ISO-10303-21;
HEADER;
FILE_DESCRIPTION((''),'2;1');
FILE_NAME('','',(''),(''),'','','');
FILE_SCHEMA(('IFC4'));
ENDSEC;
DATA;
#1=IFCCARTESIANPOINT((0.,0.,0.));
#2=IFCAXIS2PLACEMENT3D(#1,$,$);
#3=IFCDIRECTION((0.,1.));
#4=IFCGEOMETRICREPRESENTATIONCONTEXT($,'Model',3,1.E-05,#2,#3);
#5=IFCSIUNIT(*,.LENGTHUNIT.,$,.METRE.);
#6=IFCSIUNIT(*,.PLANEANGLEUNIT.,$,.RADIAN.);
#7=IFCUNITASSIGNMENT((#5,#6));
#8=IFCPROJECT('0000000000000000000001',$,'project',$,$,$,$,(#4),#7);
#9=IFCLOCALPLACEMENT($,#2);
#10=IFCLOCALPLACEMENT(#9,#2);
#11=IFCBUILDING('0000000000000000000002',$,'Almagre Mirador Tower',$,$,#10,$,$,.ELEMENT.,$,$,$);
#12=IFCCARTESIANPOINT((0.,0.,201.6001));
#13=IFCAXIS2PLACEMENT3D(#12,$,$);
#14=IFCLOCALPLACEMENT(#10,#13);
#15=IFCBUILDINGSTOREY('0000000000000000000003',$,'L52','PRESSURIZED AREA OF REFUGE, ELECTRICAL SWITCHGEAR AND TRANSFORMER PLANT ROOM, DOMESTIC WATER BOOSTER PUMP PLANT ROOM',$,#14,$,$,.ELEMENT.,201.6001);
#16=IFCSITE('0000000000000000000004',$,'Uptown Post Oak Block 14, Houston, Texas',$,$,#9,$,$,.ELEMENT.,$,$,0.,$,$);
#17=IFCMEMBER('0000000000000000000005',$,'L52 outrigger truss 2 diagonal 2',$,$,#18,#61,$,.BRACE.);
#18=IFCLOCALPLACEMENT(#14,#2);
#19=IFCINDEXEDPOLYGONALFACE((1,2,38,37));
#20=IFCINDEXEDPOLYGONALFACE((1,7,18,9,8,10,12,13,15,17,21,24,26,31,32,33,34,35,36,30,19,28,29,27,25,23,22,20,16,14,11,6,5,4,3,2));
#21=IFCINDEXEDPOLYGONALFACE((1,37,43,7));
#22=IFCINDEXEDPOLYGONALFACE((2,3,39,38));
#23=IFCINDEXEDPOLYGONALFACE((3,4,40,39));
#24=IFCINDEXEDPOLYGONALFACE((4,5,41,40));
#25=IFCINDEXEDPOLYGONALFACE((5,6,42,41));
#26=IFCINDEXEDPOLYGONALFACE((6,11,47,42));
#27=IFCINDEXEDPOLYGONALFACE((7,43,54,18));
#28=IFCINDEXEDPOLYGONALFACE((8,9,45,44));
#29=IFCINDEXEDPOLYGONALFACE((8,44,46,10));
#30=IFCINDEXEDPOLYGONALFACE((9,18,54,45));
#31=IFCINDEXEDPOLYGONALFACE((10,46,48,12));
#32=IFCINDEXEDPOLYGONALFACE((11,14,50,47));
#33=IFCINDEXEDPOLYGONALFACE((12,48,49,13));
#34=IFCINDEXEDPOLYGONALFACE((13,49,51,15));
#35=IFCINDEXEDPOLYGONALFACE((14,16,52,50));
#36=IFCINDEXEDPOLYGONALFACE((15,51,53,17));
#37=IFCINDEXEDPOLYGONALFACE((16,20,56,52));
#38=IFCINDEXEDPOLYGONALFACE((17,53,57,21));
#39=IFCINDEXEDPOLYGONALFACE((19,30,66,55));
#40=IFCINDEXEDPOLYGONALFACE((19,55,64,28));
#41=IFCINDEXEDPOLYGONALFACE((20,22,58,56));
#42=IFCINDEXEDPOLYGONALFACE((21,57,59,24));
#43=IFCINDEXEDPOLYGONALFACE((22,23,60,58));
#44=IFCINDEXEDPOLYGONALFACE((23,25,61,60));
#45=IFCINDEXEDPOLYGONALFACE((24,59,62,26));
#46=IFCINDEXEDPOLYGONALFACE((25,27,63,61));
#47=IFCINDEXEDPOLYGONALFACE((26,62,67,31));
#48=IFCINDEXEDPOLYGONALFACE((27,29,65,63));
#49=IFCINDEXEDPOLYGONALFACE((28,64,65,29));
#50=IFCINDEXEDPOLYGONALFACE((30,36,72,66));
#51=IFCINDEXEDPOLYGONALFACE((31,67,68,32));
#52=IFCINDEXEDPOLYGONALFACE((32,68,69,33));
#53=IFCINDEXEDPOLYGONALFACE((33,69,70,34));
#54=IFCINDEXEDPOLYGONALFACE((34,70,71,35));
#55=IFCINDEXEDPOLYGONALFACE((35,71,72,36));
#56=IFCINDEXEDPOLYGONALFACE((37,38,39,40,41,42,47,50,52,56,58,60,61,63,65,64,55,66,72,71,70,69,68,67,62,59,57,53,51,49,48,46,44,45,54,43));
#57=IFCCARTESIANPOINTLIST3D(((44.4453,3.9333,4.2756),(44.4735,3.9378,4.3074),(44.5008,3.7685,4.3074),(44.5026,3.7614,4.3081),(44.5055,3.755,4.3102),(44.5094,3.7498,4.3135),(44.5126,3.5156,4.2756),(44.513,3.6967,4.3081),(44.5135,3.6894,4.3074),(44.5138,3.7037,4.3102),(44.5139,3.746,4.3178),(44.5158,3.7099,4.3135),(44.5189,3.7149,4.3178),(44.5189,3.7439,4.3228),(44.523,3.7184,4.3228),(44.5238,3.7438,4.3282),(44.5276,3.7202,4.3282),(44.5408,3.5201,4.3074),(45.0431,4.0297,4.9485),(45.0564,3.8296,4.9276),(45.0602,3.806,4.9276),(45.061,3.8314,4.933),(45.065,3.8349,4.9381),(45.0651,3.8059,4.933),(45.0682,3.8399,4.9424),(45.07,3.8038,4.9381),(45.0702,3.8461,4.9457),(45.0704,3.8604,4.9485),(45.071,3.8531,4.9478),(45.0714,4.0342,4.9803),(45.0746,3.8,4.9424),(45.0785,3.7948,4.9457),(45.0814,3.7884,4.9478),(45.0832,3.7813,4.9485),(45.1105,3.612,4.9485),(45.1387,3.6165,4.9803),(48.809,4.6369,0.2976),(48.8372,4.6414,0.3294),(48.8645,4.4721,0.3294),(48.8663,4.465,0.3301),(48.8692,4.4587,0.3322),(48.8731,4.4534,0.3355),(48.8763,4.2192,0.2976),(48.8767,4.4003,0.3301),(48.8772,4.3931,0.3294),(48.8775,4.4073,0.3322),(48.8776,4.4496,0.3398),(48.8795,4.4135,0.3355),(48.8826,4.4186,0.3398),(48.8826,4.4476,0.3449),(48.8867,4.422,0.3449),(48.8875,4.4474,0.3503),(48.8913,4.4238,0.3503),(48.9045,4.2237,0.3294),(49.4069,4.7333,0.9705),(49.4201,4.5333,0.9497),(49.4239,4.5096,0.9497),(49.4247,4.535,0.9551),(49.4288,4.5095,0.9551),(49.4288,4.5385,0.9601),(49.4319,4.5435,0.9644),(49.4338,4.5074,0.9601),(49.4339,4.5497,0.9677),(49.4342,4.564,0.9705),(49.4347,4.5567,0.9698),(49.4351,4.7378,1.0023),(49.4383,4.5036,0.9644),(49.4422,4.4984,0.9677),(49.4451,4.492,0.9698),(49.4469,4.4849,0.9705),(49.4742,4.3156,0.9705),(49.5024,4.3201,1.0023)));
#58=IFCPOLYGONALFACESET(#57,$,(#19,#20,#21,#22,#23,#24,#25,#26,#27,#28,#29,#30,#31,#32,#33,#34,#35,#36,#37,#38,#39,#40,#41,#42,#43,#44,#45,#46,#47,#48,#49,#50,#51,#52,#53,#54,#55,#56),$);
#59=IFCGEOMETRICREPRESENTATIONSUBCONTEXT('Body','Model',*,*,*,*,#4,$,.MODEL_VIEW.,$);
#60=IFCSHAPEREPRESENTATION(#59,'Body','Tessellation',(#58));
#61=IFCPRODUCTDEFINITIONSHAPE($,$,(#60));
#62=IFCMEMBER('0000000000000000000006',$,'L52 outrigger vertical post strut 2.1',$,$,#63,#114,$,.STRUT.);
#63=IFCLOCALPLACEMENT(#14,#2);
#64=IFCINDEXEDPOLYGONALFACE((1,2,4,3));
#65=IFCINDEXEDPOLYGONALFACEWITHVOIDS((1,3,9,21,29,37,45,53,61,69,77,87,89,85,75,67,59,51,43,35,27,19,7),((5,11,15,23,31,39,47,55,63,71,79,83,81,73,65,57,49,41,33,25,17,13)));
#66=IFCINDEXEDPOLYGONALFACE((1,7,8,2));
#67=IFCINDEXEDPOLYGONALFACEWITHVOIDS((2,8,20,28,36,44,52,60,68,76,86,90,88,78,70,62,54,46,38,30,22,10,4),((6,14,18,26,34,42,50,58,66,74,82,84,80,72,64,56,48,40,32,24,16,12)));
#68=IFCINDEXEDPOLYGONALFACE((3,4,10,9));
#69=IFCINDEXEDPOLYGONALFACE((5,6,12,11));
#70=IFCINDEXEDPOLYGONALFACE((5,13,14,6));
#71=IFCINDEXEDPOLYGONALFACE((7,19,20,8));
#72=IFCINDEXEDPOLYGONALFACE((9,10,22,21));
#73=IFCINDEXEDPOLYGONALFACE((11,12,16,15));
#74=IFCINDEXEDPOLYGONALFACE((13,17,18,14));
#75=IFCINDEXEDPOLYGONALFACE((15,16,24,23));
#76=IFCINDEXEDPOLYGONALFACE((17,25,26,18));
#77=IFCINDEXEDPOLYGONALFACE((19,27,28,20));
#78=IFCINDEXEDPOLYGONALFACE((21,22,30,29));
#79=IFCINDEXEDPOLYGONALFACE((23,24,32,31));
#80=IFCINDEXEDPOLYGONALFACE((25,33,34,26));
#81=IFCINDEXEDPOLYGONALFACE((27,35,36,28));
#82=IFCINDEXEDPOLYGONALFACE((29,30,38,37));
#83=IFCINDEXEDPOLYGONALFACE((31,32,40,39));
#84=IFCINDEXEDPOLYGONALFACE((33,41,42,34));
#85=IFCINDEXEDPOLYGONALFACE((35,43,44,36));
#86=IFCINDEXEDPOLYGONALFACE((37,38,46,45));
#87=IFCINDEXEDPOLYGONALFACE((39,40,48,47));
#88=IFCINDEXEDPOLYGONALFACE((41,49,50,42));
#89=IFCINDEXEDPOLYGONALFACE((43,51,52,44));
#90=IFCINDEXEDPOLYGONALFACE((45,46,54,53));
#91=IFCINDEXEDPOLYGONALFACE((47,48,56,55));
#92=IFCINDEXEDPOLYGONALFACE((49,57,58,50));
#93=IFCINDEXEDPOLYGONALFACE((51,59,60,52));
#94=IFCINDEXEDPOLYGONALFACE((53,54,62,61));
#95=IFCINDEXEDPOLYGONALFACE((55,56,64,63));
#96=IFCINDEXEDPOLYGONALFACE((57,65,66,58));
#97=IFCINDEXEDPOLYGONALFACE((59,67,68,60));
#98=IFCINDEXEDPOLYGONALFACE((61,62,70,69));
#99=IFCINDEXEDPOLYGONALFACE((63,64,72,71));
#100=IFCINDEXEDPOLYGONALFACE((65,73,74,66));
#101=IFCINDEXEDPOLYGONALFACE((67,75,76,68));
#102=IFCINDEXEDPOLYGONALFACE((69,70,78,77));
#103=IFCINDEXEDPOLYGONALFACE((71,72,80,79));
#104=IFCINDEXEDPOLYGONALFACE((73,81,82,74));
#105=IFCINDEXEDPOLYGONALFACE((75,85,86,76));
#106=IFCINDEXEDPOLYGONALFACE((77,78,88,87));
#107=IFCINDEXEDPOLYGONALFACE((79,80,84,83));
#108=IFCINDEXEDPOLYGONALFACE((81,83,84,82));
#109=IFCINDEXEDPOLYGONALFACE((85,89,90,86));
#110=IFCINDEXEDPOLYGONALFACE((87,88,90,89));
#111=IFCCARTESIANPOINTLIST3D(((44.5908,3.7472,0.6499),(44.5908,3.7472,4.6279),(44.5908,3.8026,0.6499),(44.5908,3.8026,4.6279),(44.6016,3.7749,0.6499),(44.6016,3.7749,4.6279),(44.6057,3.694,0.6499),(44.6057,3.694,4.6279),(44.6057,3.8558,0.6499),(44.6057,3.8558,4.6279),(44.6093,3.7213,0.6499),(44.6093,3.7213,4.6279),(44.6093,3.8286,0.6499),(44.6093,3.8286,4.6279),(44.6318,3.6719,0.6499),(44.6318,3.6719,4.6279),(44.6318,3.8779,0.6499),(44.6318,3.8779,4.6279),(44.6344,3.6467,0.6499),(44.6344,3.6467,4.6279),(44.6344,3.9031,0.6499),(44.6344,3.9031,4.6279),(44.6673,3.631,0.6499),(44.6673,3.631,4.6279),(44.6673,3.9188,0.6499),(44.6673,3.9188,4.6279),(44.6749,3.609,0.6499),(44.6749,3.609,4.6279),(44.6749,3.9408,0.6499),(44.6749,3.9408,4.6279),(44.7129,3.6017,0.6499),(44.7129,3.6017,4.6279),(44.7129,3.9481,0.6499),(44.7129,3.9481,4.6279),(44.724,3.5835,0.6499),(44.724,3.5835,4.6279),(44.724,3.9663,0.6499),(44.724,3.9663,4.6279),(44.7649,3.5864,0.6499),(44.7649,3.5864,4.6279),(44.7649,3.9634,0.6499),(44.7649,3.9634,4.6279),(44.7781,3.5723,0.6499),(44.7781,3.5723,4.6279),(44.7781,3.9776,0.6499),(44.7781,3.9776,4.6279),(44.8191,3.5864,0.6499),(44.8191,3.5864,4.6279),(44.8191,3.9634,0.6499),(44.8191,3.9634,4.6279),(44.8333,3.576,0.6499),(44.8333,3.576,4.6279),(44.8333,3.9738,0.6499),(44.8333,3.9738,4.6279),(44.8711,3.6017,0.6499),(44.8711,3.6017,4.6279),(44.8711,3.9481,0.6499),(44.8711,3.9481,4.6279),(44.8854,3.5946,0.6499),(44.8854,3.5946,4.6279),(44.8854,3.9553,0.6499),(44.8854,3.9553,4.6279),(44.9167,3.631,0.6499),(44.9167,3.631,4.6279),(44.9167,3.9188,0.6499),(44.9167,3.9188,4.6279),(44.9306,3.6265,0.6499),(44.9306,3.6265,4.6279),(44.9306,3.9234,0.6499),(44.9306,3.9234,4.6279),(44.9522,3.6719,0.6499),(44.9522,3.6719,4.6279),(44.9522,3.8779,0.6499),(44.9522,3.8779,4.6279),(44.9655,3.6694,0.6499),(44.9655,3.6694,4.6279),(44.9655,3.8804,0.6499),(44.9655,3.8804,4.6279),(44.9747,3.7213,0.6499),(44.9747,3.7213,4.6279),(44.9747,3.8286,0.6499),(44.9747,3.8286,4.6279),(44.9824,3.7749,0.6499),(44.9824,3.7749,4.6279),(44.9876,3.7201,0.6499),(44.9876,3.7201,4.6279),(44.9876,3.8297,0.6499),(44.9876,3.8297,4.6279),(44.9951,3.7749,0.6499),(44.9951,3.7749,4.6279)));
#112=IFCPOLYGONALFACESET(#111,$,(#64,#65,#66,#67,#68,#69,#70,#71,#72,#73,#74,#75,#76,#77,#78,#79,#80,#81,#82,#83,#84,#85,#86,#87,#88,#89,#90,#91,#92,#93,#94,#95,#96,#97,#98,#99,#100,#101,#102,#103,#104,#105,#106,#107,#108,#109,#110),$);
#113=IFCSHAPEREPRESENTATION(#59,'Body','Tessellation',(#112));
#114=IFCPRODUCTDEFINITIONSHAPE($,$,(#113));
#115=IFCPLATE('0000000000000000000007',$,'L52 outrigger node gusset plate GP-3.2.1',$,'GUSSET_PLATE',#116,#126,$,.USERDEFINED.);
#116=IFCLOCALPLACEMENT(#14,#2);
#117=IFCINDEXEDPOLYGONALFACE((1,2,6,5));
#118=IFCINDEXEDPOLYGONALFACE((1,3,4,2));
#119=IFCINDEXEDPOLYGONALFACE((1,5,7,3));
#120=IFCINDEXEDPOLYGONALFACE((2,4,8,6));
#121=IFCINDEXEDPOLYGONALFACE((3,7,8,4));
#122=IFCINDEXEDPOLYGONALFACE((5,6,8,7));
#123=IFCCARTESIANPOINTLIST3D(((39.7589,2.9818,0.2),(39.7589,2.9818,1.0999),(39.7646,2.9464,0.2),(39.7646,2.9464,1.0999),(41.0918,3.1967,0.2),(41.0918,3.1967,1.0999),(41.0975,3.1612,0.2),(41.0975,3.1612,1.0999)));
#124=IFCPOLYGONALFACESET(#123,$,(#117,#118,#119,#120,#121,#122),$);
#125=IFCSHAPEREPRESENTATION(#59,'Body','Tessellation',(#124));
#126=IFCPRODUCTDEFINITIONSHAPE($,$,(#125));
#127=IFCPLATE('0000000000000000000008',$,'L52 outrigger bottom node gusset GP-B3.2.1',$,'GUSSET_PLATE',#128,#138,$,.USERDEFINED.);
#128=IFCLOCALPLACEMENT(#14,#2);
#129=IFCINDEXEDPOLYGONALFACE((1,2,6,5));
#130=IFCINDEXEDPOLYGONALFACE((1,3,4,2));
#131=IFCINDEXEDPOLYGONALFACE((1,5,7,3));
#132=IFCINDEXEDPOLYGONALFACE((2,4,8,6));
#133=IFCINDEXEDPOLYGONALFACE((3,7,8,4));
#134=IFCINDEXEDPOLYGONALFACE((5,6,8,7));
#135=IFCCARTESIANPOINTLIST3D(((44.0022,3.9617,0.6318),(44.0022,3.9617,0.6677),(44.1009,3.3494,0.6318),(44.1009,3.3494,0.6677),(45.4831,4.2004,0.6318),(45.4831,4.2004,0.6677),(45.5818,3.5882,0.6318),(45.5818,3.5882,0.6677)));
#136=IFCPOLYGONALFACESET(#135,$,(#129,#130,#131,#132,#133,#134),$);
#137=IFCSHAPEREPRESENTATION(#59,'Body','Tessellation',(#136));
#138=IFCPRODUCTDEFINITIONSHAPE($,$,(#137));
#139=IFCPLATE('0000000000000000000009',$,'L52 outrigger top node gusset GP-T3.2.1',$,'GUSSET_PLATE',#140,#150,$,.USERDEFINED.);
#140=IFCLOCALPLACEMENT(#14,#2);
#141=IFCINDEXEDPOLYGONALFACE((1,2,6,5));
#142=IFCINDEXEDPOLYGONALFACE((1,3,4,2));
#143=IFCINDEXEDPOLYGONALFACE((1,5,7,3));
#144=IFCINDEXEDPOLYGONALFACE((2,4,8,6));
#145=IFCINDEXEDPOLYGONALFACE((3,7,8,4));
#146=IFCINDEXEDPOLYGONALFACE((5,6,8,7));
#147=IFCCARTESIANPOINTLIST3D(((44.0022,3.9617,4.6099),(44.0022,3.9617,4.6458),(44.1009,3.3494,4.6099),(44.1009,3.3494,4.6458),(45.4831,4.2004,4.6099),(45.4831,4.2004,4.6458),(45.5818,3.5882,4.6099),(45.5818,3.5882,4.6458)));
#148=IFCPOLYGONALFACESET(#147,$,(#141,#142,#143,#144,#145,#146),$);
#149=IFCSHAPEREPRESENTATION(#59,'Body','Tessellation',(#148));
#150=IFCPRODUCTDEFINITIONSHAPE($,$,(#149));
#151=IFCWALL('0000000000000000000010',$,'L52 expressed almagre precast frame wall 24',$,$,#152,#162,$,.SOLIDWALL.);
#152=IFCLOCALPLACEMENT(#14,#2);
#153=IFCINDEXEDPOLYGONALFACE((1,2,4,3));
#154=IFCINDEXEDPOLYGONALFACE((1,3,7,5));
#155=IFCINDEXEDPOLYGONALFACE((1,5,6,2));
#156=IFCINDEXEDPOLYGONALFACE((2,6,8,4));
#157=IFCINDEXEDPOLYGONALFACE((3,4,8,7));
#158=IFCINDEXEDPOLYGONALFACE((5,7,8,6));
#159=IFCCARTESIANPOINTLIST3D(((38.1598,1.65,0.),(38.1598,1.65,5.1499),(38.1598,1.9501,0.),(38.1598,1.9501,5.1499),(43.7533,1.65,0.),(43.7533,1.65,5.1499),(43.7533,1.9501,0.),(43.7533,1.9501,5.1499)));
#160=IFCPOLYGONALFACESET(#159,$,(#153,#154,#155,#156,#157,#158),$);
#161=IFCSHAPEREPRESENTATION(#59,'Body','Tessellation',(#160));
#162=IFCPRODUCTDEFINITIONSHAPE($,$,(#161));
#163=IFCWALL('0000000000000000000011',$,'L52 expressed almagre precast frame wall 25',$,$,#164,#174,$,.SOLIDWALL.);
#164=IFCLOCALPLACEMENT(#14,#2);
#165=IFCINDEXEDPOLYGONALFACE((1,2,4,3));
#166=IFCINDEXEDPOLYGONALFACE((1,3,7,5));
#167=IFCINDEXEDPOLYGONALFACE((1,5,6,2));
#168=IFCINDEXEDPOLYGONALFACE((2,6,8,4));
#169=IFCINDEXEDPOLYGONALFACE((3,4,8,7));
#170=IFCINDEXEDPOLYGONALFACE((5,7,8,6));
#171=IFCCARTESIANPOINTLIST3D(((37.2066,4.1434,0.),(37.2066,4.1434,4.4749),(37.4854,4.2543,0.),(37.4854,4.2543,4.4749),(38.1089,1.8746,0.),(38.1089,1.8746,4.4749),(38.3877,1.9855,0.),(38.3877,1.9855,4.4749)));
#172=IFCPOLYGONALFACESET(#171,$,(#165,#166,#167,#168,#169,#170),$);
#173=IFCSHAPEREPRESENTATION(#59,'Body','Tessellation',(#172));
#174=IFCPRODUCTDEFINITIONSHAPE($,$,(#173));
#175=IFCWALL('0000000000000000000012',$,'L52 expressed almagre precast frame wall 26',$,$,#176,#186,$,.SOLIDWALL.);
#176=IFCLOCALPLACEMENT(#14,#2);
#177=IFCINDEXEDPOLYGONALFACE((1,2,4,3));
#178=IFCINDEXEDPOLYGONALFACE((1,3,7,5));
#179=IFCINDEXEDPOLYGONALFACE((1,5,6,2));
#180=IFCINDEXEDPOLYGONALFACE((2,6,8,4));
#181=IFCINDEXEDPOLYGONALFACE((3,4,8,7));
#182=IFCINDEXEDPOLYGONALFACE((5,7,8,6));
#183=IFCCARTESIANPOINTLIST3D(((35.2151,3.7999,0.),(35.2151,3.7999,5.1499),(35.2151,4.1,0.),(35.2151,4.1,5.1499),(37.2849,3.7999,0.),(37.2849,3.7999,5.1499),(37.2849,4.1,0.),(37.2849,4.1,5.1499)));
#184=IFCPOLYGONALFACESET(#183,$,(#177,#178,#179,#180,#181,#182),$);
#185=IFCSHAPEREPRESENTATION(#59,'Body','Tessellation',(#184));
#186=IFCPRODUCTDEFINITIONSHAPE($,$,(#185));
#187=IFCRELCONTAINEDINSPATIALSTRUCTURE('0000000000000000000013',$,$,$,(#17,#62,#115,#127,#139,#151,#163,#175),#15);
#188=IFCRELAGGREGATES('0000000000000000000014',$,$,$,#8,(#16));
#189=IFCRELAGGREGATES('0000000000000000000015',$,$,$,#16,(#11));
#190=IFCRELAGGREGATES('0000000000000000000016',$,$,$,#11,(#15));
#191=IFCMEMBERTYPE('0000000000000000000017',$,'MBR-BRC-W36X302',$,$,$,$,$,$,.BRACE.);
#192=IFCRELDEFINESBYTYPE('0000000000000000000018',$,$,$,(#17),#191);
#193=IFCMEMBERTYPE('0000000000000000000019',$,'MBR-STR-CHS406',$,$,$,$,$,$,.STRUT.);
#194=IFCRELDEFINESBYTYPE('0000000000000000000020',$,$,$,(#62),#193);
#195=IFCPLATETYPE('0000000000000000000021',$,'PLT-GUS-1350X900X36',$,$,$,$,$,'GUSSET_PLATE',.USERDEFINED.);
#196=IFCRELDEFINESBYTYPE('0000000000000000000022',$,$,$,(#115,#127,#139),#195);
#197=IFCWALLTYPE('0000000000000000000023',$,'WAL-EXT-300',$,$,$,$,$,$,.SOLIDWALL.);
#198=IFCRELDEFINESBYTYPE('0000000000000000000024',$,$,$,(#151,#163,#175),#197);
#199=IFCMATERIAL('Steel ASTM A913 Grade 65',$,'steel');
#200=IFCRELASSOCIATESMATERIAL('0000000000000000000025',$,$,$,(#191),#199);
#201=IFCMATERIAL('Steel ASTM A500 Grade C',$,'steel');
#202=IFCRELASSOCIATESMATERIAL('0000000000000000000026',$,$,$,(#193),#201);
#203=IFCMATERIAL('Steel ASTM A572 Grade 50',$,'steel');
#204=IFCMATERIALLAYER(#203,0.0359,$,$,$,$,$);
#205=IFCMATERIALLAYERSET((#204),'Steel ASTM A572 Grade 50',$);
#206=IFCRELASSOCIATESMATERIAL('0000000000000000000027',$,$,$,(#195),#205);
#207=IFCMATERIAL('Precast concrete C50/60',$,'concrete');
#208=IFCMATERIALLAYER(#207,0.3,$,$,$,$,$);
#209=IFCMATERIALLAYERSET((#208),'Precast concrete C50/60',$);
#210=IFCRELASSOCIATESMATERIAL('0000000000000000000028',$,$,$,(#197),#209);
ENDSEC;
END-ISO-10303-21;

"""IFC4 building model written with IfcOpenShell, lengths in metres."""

from ifc_helpers import new_model, si_unit, direction, frame, frame_2d, origin, origin_2d, place, context, subcontext, project, spatial, rectangle, hollow_circle, i_section, extrude, material, layer, layer_set, material_profile, profile_set, type_object, element, save


model = new_model("IFC4")

# Units and contexts
model_context = context("Model", 3, precision=1e-05, world=origin(), true_north=direction((0.0, 1.0)))
body_context = subcontext(model_context, "Body", "Model", "MODEL_VIEW")
ifc_project = project(units=[si_unit("LENGTHUNIT", "METRE"), si_unit("PLANEANGLEUNIT", "RADIAN")], contexts=[model_context])

# Site, building, storey
site_placement = place(None, origin())
site = spatial("IfcSite", under=ifc_project, at=site_placement, Name="Uptown Post Oak Block 14, Houston, Texas", CompositionType="ELEMENT", RefElevation=0.0)
building_placement = place(site_placement, origin())
building = spatial("IfcBuilding", under=site, at=building_placement, Name="Almagre Mirador Tower", CompositionType="ELEMENT")
storey_placement = place(building_placement, frame((0.0, 0.0, 201.6001)))
storey = spatial("IfcBuildingStorey", under=building, at=storey_placement, Name="L52", Description="PRESSURIZED AREA OF REFUGE, ELECTRICAL SWITCHGEAR AND TRANSFORMER PLANT ROOM, DOMESTIC WATER BOOSTER PUMP PLANT ROOM", CompositionType="ELEMENT", Elevation=201.6001)

# Members
ifc_material_1 = material(Name="Steel ASTM A913 Grade 65", Category="steel")
ifc_material_profile_1 = material_profile(ifc_material_1, i_section(OverallWidth=0.4231, OverallDepth=0.948, WebThickness=0.0239, FlangeThickness=0.0427, FilletRadius=0.0281, at=origin_2d()), Name="W36X302")
ifc_profile_set_1 = profile_set([ifc_material_profile_1], Name="Steel ASTM A913 Grade 65")
member_type_1 = type_object("IfcMemberType", Name="MBR-BRC-W36X302", PredefinedType="BRACE", material=ifc_profile_set_1)
for number, where, z_axis, x_axis, name in (
    (1, (44.792, 3.7749, 4.6279), (0.733824, 0.118322, -0.668956), (-0.159184, 0.987249, 0.0), "L52 outrigger truss 2 diagonal 2"),
):
    element("IfcMember", number, at=place(storey_placement, frame(where, z_axis=z_axis, x_axis=x_axis)), inside=storey, type_object=member_type_1, Name=name, PredefinedType="BRACE", context=body_context, shape_type="SweptSolid", body=[
        extrude(i_section(OverallWidth=0.4231, OverallDepth=0.948, WebThickness=0.0239, FlangeThickness=0.0427, FilletRadius=0.0281, at=origin_2d()), origin(), (0.0, 0.0, 1.0), 5.9465),
    ])
ifc_material_2 = material(Name="Steel ASTM A500 Grade C", Category="steel")
ifc_material_profile_2 = material_profile(ifc_material_2, hollow_circle(Radius=0.2031, WallThickness=0.0127, at=origin_2d()), Name="CHS406.4X12.7")
ifc_profile_set_2 = profile_set([ifc_material_profile_2], Name="Steel ASTM A500 Grade C")
member_type_2 = type_object("IfcMemberType", Name="MBR-STR-CHS406", PredefinedType="STRUT", material=ifc_profile_set_2)
member_placement = place(storey_placement, frame((44.792, 3.7749, 0.6499), z_axis=(0.0, 0.0, 1.0), x_axis=(1.0, 0.0, 0.0)))
element("IfcMember", 2, at=member_placement, inside=storey, type_object=member_type_2, Name="L52 outrigger vertical post strut 2.1", PredefinedType="STRUT", context=body_context, shape_type="SweptSolid", body=[
    extrude(hollow_circle(Radius=0.2031, WallThickness=0.0127, at=origin_2d()), origin(), (0.0, 0.0, 1.0), 3.978),
])

# Plates
ifc_material_3 = material(Name="Steel ASTM A572 Grade 50", Category="steel")
ifc_layer_1 = layer(ifc_material_3, 0.0359)
ifc_layer_set_1 = layer_set([ifc_layer_1], Name="Steel ASTM A572 Grade 50")
plate_type = type_object("IfcPlateType", Name="PLT-GUS-1350X900X36", ElementType="GUSSET_PLATE", PredefinedType="USERDEFINED", material=ifc_layer_set_1)
plate_placement = place(storey_placement, frame((40.4282, 3.0715, 0.2), z_axis=(0.0, 0.0, 1.0), x_axis=(0.987256, 0.15914, 0.0)))
element("IfcPlate", 3, at=plate_placement, inside=storey, type_object=plate_type, Name="L52 outrigger node gusset plate GP-3.2.1", ObjectType="GUSSET_PLATE", PredefinedType="USERDEFINED", context=body_context, shape_type="SweptSolid", body=[
    extrude(rectangle(XDim=1.3501, YDim=0.0359, at=origin_2d()), origin(), (0.0, 0.0, 1.0), 0.8999),
])
for number, where, z_axis, x_axis, name in (
    (4, (44.792, 3.7749, 0.6318), (0.0, 0.0, 1.0), (0.987256, 0.15914, 0.0), "L52 outrigger bottom node gusset GP-B3.2.1"),
    (5, (44.792, 3.7749, 4.6099), (0.0, 0.0, 1.0), (0.987256, 0.15914, 0.0), "L52 outrigger top node gusset GP-T3.2.1"),
):
    element("IfcPlate", number, at=place(storey_placement, frame(where, z_axis=z_axis, x_axis=x_axis)), inside=storey, type_object=plate_type, Name=name, ObjectType="GUSSET_PLATE", PredefinedType="USERDEFINED", context=body_context, shape_type="SweptSolid", body=[
        extrude(rectangle(XDim=1.5, YDim=0.6201, at=origin_2d()), origin(), (0.0, 0.0, 1.0), 0.0359),
    ])

# Walls
ifc_material_4 = material(Name="Precast concrete C50/60", Category="concrete")
ifc_layer_2 = layer(ifc_material_4, 0.3)
ifc_layer_set_2 = layer_set([ifc_layer_2], Name="Precast concrete C50/60")
wall_type_1 = type_object("IfcWallType", Name="WAL-EXT-300", PredefinedType="SOLIDWALL", material=ifc_layer_set_2)
wall_1_placement = place(storey_placement, frame((43.7534, 1.8, 0.0), z_axis=(0.0, 0.0, 1.0), x_axis=(-1.0, 0.0, 0.0)))
element("IfcWall", 6, at=wall_1_placement, inside=storey, type_object=wall_type_1, Name="L52 expressed almagre precast frame wall 24", PredefinedType="SOLIDWALL", context=body_context, shape_type="SweptSolid", body=[
    extrude(rectangle(XDim=5.5935, YDim=0.3, at=frame_2d((2.7969, 0.0))), origin(), (0.0, 0.0, 1.0), 5.1499),
])
wall_2_placement = place(storey_placement, frame((38.2483, 1.9302, 0.0), z_axis=(0.0, 0.0, 1.0), x_axis=(-0.369563, 0.929206, 0.0)))
element("IfcWall", 7, at=wall_2_placement, inside=storey, type_object=wall_type_1, Name="L52 expressed almagre precast frame wall 25", PredefinedType="SOLIDWALL", context=body_context, shape_type="SweptSolid", body=[
    extrude(rectangle(XDim=2.4417, YDim=0.3, at=frame_2d((1.2207, 0.0))), origin(), (0.0, 0.0, 1.0), 4.4749),
])
wall_3_placement = place(storey_placement, frame((37.2849, 3.95, 0.0), z_axis=(0.0, 0.0, 1.0), x_axis=(-1.0, 0.0, 0.0)))
element("IfcWall", 8, at=wall_3_placement, inside=storey, type_object=wall_type_1, Name="L52 expressed almagre precast frame wall 26", PredefinedType="SOLIDWALL", context=body_context, shape_type="SweptSolid", body=[
    extrude(rectangle(XDim=2.0698, YDim=0.3, at=frame_2d((1.0349, 0.0))), origin(), (0.0, 0.0, 1.0), 5.1499),
])

save(model, "model.ifc")
